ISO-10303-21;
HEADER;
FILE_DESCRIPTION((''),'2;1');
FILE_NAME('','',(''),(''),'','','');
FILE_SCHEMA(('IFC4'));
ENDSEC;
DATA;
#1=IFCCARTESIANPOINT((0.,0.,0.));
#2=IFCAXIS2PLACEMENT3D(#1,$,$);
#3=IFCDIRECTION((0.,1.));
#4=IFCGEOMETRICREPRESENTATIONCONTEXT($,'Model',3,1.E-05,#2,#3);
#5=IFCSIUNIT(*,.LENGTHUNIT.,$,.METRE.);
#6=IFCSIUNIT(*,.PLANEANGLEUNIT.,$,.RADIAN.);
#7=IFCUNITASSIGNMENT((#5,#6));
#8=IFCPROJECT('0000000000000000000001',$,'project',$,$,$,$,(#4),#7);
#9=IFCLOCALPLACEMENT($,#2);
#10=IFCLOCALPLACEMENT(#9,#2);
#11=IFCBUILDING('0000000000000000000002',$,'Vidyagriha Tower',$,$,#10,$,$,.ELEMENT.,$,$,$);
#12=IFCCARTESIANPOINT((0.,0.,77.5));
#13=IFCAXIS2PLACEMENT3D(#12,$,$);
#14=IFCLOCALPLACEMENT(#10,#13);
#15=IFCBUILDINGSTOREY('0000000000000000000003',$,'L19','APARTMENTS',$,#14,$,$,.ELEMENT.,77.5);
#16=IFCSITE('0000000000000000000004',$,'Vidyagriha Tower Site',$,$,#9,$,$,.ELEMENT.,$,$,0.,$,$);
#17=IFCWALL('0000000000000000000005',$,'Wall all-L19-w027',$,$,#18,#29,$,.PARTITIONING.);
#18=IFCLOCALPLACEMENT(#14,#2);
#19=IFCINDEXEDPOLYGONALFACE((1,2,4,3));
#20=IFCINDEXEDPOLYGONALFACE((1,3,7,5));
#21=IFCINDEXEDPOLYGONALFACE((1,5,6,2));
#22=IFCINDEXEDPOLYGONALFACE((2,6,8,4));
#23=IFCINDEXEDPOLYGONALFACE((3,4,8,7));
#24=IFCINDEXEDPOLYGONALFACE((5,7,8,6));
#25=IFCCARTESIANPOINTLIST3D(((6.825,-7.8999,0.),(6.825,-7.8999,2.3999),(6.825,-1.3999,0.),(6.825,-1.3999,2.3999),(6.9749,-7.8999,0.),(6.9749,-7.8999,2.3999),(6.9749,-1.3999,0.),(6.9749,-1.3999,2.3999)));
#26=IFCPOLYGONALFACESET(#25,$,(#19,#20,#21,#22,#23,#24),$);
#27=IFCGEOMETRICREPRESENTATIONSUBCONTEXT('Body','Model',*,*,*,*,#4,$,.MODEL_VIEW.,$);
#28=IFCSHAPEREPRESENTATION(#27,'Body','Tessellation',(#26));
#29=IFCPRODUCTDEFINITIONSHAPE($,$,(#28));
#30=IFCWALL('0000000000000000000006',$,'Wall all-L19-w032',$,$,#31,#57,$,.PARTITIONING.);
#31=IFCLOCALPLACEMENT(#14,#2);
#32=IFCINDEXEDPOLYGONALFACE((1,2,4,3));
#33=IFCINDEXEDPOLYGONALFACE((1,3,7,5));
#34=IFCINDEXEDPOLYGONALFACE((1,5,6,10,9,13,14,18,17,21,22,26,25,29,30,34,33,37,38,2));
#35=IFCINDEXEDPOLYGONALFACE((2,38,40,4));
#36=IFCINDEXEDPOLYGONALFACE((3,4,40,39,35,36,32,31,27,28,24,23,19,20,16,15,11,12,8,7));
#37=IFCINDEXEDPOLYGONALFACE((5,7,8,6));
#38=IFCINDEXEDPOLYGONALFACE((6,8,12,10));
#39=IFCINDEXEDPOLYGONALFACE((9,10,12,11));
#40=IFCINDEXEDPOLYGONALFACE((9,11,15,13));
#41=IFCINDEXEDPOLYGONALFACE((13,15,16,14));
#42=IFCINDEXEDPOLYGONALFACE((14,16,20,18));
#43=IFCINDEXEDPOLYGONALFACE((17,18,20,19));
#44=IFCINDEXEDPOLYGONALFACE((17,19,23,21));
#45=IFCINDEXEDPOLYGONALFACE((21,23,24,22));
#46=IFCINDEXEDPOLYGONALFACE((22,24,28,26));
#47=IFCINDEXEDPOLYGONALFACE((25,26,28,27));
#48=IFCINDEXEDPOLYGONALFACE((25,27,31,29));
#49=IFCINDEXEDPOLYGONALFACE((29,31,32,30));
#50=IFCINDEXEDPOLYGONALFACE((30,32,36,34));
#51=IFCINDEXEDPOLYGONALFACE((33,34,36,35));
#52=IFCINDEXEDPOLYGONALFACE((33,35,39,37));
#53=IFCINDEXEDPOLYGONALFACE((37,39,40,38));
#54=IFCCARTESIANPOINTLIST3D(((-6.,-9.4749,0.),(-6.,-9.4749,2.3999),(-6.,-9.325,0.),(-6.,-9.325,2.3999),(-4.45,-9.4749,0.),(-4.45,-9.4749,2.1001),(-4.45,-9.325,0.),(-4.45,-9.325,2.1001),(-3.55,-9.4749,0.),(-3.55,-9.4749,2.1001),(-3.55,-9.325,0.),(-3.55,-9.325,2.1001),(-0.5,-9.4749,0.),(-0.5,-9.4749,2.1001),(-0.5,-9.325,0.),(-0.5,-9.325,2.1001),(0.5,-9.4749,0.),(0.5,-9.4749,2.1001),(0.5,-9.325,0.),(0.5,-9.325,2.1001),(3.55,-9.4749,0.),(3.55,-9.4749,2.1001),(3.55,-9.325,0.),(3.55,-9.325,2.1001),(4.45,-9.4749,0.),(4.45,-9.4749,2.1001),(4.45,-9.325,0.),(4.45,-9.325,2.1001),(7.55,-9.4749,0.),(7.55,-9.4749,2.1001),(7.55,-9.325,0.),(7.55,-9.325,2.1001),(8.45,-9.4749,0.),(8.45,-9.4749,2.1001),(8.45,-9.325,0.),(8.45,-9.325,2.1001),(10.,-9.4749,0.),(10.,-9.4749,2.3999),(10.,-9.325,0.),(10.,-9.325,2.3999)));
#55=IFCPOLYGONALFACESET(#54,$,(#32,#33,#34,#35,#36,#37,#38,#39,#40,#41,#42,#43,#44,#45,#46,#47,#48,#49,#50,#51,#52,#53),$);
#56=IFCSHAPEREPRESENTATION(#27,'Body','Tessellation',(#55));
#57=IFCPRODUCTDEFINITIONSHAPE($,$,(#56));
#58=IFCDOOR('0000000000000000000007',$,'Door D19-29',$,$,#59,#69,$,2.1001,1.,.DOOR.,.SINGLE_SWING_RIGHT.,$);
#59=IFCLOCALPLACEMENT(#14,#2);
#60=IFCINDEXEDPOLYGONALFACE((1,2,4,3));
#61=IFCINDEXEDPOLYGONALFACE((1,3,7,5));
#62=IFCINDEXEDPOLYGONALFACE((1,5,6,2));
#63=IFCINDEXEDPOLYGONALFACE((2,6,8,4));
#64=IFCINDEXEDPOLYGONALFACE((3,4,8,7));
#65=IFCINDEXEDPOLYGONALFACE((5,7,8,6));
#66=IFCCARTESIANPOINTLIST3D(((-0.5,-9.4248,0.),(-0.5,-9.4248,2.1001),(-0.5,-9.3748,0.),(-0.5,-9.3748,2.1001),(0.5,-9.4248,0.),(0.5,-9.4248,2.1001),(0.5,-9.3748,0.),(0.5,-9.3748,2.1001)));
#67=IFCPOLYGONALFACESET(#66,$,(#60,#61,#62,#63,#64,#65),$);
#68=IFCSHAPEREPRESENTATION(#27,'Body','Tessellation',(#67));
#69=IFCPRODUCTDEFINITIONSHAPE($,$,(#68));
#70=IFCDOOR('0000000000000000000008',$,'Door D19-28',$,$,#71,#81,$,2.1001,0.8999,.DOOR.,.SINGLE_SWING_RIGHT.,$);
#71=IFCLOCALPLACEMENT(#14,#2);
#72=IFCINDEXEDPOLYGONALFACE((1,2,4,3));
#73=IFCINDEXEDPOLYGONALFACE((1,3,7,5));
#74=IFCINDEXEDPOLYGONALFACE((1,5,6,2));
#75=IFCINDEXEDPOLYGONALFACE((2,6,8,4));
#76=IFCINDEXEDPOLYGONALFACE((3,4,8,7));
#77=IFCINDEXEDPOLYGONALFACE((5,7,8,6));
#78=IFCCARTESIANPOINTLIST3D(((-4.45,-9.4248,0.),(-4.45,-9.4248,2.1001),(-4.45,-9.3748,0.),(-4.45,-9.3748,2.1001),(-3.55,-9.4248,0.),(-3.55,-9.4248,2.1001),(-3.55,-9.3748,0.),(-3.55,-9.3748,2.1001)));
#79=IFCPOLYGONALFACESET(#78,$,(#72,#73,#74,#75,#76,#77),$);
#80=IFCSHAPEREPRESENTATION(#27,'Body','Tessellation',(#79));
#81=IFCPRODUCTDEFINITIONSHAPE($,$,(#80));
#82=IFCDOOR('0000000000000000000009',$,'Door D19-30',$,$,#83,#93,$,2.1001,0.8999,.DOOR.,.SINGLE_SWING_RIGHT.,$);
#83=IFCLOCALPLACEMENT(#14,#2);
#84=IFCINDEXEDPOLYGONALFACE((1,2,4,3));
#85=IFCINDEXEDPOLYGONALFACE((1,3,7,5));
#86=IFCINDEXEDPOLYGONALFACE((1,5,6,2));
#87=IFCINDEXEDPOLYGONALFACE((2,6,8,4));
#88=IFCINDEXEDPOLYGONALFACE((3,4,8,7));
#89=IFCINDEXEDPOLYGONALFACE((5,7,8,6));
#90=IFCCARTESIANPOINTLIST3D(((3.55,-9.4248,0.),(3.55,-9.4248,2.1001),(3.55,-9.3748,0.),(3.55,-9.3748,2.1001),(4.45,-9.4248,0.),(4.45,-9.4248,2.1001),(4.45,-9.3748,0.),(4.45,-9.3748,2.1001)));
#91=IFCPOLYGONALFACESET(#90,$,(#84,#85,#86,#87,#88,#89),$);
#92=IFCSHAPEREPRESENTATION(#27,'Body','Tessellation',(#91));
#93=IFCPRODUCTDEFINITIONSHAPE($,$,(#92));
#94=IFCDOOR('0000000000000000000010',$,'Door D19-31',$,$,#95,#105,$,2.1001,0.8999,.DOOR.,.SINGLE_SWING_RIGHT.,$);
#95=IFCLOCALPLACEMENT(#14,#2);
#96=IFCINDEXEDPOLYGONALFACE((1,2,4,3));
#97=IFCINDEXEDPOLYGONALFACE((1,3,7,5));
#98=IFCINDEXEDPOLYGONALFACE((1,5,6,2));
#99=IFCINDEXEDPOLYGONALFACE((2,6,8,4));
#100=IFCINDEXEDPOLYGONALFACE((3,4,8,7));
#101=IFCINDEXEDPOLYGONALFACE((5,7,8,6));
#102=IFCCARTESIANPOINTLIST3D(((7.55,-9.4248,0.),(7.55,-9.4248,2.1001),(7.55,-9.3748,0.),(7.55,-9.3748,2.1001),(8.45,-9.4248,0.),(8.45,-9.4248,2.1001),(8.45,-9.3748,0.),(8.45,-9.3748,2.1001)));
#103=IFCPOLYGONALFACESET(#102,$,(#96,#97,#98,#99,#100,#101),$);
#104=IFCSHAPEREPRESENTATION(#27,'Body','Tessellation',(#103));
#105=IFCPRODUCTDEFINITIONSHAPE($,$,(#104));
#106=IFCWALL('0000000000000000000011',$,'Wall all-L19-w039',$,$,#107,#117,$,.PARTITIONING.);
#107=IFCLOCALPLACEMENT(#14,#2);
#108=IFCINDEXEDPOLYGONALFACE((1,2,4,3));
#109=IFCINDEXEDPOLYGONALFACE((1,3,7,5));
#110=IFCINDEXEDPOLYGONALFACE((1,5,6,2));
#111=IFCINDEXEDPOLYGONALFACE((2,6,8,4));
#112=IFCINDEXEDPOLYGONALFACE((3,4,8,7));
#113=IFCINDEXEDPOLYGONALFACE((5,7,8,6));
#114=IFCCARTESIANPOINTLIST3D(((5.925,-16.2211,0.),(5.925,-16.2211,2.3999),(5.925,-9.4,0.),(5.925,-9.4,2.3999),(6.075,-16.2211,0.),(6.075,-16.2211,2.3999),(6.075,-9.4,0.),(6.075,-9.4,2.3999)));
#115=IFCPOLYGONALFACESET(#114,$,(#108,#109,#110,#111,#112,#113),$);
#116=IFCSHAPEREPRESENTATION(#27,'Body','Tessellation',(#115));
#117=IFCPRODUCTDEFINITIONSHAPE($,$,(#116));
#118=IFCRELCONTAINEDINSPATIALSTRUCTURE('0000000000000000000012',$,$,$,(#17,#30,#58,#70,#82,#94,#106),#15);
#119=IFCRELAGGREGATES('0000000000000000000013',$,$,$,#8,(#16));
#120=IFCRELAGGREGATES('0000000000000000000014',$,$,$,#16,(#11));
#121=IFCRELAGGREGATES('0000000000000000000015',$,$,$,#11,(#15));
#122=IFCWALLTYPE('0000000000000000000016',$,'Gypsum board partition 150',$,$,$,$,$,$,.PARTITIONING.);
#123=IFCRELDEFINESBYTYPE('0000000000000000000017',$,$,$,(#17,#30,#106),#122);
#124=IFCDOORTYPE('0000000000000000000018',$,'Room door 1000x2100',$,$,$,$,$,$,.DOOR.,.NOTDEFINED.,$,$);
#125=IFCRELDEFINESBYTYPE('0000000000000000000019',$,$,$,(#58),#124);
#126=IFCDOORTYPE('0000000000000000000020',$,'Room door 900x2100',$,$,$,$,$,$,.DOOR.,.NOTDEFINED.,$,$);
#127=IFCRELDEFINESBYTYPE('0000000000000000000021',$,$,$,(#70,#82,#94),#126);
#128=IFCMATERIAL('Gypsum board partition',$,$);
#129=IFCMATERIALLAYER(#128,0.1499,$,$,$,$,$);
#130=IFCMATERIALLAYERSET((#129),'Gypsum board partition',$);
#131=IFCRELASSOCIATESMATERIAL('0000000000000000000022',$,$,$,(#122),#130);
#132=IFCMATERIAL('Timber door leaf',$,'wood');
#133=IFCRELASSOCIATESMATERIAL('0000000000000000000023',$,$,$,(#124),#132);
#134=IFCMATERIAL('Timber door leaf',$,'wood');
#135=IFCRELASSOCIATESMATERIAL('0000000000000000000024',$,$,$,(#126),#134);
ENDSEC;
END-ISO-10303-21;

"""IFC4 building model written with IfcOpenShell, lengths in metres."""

from ifc_helpers import new_model, si_unit, direction, frame, frame_2d, origin, place, context, subcontext, project, spatial, rectangle, extrude, material, layer, layer_set, type_object, element, fill, save


model = new_model("IFC4")

# Units and contexts
model_context = context("Model", 3, precision=1e-05, world=origin(), true_north=direction((0.0, 1.0)))
body_context = subcontext(model_context, "Body", "Model", "MODEL_VIEW")
ifc_project = project(units=[si_unit("LENGTHUNIT", "METRE"), si_unit("PLANEANGLEUNIT", "RADIAN")], contexts=[model_context])

# Site, building, storey
site_placement = place(None, origin())
site = spatial("IfcSite", under=ifc_project, at=site_placement, Name="Vidyagriha Tower Site", CompositionType="ELEMENT", RefElevation=0.0)
building_placement = place(site_placement, origin())
building = spatial("IfcBuilding", under=site, at=building_placement, Name="Vidyagriha Tower", CompositionType="ELEMENT")
storey_placement = place(building_placement, frame((0.0, 0.0, 77.5)))
storey = spatial("IfcBuildingStorey", under=building, at=storey_placement, Name="L19", Description="APARTMENTS", CompositionType="ELEMENT", Elevation=77.5)

# Wall
ifc_material_1 = material(Name="Gypsum board partition")
ifc_layer_1 = layer(ifc_material_1, 0.1499)
ifc_layer_set_1 = layer_set([ifc_layer_1], Name="Gypsum board partition")
wall_type_1 = type_object("IfcWallType", Name="Gypsum board partition 150", PredefinedType="PARTITIONING", material=ifc_layer_set_1)
for number, where, z_axis, x_axis, name in (
    (1, (6.8999, -1.3999, 0.0), (0.0, 0.0, 1.0), (0.0, -1.0, 0.0), "Wall all-L19-w027"),
):
    element("IfcWall", number, at=place(storey_placement, frame(where, z_axis=z_axis, x_axis=x_axis)), inside=storey, type_object=wall_type_1, Name=name, PredefinedType="PARTITIONING", context=body_context, shape_type="SweptSolid", body=[
        extrude(rectangle(XDim=6.5, YDim=0.1499, at=frame_2d((3.25, 0.0))), origin(), (0.0, 0.0, 1.0), 2.3999),
    ])

# Wall, openings, doors
wall_1_placement = place(storey_placement, frame((10.0, -9.3999, 0.0), z_axis=(0.0, 0.0, 1.0), x_axis=(-1.0, 0.0, 0.0)))
wall_1 = element("IfcWall", 2, at=wall_1_placement, inside=storey, type_object=wall_type_1, Name="Wall all-L19-w032", PredefinedType="PARTITIONING", context=body_context, shape_type="SweptSolid", body=[
    extrude(rectangle(XDim=16.0, YDim=0.1499, at=frame_2d((8.0, 0.0))), origin(), (0.0, 0.0, 1.0), 2.3999),
])
opening_1_placement = place(wall_1_placement, frame((13.55, 0.0, 0.0)))
opening_1 = element("IfcOpeningElement", 3, at=opening_1_placement, cuts=wall_1, PredefinedType="OPENING", context=body_context, shape_type="SweptSolid", body=[
    extrude(rectangle(XDim=0.8999, YDim=2.1001, at=frame_2d((0.45, 1.05))), frame((0.0, 0.085, 0.0), z_axis=(0.0, -1.0, 0.0), x_axis=(1.0, 0.0, 0.0)), (0.0, 0.0, 1.0), 0.1699),
])
opening_2_placement = place(wall_1_placement, frame((9.5, 0.0, 0.0)))
opening_2 = element("IfcOpeningElement", 4, at=opening_2_placement, cuts=wall_1, PredefinedType="OPENING", context=body_context, shape_type="SweptSolid", body=[
    extrude(rectangle(XDim=1.0, YDim=2.1001, at=frame_2d((0.5, 1.05))), frame((0.0, 0.085, 0.0), z_axis=(0.0, -1.0, 0.0), x_axis=(1.0, 0.0, 0.0)), (0.0, 0.0, 1.0), 0.1699),
])
opening_3_placement = place(wall_1_placement, frame((5.55, 0.0, 0.0)))
opening_3 = element("IfcOpeningElement", 5, at=opening_3_placement, cuts=wall_1, PredefinedType="OPENING", context=body_context, shape_type="SweptSolid", body=[
    extrude(rectangle(XDim=0.8999, YDim=2.1001, at=frame_2d((0.45, 1.05))), frame((0.0, 0.085, 0.0), z_axis=(0.0, -1.0, 0.0), x_axis=(1.0, 0.0, 0.0)), (0.0, 0.0, 1.0), 0.1699),
])
opening_4_placement = place(wall_1_placement, frame((1.55, 0.0, 0.0)))
opening_4 = element("IfcOpeningElement", 6, at=opening_4_placement, cuts=wall_1, PredefinedType="OPENING", context=body_context, shape_type="SweptSolid", body=[
    extrude(rectangle(XDim=0.8999, YDim=2.1001, at=frame_2d((0.45, 1.05))), frame((0.0, 0.085, 0.0), z_axis=(0.0, -1.0, 0.0), x_axis=(1.0, 0.0, 0.0)), (0.0, 0.0, 1.0), 0.1699),
])
ifc_material_2 = material(Name="Timber door leaf", Category="wood")
door_type_1 = type_object("IfcDoorType", Name="Room door 1000x2100", OperationType="NOTDEFINED", PredefinedType="DOOR", material=ifc_material_2)
door_1_placement = place(opening_2_placement, origin())
door_1 = element("IfcDoor", 7, at=door_1_placement, inside=storey, type_object=door_type_1, Name="Door D19-29", OperationType="SINGLE_SWING_RIGHT", OverallHeight=2.1001, OverallWidth=1.0, PredefinedType="DOOR", context=body_context, shape_type="SweptSolid", body=[
    extrude(rectangle(XDim=1.0, YDim=2.1001, at=frame_2d((0.5, 1.05))), frame((0.0, 0.0249, 0.0), z_axis=(0.0, -1.0, 0.0), x_axis=(1.0, 0.0, 0.0)), (0.0, 0.0, 1.0), 0.05),
])
fill(opening_2, door_1)
ifc_material_3 = material(Name="Timber door leaf", Category="wood")
door_type_2 = type_object("IfcDoorType", Name="Room door 900x2100", OperationType="NOTDEFINED", PredefinedType="DOOR", material=ifc_material_3)
door_2_placement = place(opening_1_placement, origin())
door_2 = element("IfcDoor", 8, at=door_2_placement, inside=storey, type_object=door_type_2, Name="Door D19-28", OperationType="SINGLE_SWING_RIGHT", OverallHeight=2.1001, OverallWidth=0.8999, PredefinedType="DOOR", context=body_context, shape_type="SweptSolid", body=[
    extrude(rectangle(XDim=0.8999, YDim=2.1001, at=frame_2d((0.45, 1.05))), frame((0.0, 0.0249, 0.0), z_axis=(0.0, -1.0, 0.0), x_axis=(1.0, 0.0, 0.0)), (0.0, 0.0, 1.0), 0.05),
])
fill(opening_1, door_2)
door_3_placement = place(opening_3_placement, origin())
door_3 = element("IfcDoor", 9, at=door_3_placement, inside=storey, type_object=door_type_2, Name="Door D19-30", OperationType="SINGLE_SWING_RIGHT", OverallHeight=2.1001, OverallWidth=0.8999, PredefinedType="DOOR", context=body_context, shape_type="SweptSolid", body=[
    extrude(rectangle(XDim=0.8999, YDim=2.1001, at=frame_2d((0.45, 1.05))), frame((0.0, 0.0249, 0.0), z_axis=(0.0, -1.0, 0.0), x_axis=(1.0, 0.0, 0.0)), (0.0, 0.0, 1.0), 0.05),
])
fill(opening_3, door_3)
door_4_placement = place(opening_4_placement, origin())
door_4 = element("IfcDoor", 10, at=door_4_placement, inside=storey, type_object=door_type_2, Name="Door D19-31", OperationType="SINGLE_SWING_RIGHT", OverallHeight=2.1001, OverallWidth=0.8999, PredefinedType="DOOR", context=body_context, shape_type="SweptSolid", body=[
    extrude(rectangle(XDim=0.8999, YDim=2.1001, at=frame_2d((0.45, 1.05))), frame((0.0, 0.0249, 0.0), z_axis=(0.0, -1.0, 0.0), x_axis=(1.0, 0.0, 0.0)), (0.0, 0.0, 1.0), 0.05),
])
fill(opening_4, door_4)

# Wall
wall_2_placement = place(storey_placement, frame((6.0, -9.3999, 0.0), z_axis=(0.0, 0.0, 1.0), x_axis=(0.0, -1.0, 0.0)))
element("IfcWall", 11, at=wall_2_placement, inside=storey, type_object=wall_type_1, Name="Wall all-L19-w039", PredefinedType="PARTITIONING", context=body_context, shape_type="SweptSolid", body=[
    extrude(rectangle(XDim=6.821, YDim=0.1499, at=frame_2d((3.4106, 0.0))), origin(), (0.0, 0.0, 1.0), 2.3999),
])

save(model, "model.ifc")
